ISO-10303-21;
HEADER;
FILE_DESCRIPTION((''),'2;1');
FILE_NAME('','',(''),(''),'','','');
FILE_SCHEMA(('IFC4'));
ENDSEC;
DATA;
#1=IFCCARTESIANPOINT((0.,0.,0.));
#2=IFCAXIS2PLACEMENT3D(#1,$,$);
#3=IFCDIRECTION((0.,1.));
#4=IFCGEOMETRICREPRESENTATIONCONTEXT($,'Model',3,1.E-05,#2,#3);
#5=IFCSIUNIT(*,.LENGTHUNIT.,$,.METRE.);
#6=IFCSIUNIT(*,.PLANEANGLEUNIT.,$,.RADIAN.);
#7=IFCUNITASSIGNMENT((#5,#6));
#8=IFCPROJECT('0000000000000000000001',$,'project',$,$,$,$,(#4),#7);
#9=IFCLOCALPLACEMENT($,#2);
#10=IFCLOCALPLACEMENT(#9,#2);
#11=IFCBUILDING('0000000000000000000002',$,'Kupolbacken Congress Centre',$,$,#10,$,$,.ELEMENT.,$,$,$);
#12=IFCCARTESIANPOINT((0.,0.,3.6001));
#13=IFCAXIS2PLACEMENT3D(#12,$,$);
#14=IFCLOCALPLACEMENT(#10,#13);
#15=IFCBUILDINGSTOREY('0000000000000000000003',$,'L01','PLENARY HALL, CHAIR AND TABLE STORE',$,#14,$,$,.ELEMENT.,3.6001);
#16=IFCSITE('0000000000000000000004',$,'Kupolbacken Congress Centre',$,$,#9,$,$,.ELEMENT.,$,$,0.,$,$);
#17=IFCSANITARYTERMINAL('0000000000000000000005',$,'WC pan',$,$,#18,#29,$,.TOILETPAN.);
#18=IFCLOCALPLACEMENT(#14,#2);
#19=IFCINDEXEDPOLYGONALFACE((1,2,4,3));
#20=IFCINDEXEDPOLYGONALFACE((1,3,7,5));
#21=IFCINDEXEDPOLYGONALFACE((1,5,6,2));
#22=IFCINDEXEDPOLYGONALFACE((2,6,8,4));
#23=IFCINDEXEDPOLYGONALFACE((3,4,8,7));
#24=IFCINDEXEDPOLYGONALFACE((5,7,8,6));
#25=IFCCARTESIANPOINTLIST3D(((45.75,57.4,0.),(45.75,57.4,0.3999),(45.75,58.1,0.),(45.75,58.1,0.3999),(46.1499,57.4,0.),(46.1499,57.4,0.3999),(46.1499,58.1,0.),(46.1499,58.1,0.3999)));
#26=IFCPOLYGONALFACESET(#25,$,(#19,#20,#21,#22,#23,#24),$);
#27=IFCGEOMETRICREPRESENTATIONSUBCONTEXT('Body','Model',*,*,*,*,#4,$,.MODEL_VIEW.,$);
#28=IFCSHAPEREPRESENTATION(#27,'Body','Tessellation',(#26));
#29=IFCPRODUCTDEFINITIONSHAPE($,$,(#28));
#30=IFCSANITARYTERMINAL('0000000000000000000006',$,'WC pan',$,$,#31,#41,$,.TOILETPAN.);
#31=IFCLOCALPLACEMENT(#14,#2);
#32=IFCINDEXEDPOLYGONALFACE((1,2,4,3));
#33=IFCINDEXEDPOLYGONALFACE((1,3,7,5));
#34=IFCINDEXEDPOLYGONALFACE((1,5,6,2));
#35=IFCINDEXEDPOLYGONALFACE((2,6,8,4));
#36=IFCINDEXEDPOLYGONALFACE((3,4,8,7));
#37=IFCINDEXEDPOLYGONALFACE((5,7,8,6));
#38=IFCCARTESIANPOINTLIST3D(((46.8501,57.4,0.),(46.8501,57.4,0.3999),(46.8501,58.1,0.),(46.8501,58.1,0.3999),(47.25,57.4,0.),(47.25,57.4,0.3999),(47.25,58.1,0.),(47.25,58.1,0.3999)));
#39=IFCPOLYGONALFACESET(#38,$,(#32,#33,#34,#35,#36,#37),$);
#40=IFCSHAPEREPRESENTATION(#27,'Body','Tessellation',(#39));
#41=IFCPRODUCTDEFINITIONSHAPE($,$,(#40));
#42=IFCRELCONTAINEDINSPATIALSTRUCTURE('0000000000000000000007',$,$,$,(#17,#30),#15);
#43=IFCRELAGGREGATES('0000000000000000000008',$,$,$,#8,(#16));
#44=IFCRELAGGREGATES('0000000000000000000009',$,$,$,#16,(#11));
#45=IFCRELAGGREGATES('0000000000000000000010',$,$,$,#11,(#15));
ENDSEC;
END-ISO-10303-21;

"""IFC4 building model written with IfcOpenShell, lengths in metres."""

from ifc_helpers import new_model, si_unit, direction, frame, origin, origin_2d, place, context, subcontext, project, spatial, rectangle, extrude, element, save


model = new_model("IFC4")

# Units and contexts
model_context = context("Model", 3, precision=1e-05, world=origin(), true_north=direction((0.0, 1.0)))
body_context = subcontext(model_context, "Body", "Model", "MODEL_VIEW")
ifc_project = project(units=[si_unit("LENGTHUNIT", "METRE"), si_unit("PLANEANGLEUNIT", "RADIAN")], contexts=[model_context])

# Site, building, storey
site_placement = place(None, origin())
site = spatial("IfcSite", under=ifc_project, at=site_placement, Name="Kupolbacken Congress Centre", CompositionType="ELEMENT", RefElevation=0.0)
building_placement = place(site_placement, origin())
building = spatial("IfcBuilding", under=site, at=building_placement, Name="Kupolbacken Congress Centre", CompositionType="ELEMENT")
storey_placement = place(building_placement, frame((0.0, 0.0, 3.6001)))
storey = spatial("IfcBuildingStorey", under=building, at=storey_placement, Name="L01", Description="PLENARY HALL, CHAIR AND TABLE STORE", CompositionType="ELEMENT", Elevation=3.6001)

# Sanitary terminals
for number, where, z_axis, x_axis, name in (
    (1, (45.95, 57.75, 0.0), (0.0, 0.0, 1.0), (1.0, 0.0, 0.0), "WC pan"),
    (2, (47.05, 57.75, 0.0), (0.0, 0.0, 1.0), (1.0, 0.0, 0.0), "WC pan"),
):
    element("IfcSanitaryTerminal", number, at=place(storey_placement, frame(where, z_axis=z_axis, x_axis=x_axis)), inside=storey, Name=name, PredefinedType="TOILETPAN", context=body_context, shape_type="SweptSolid", body=[
        extrude(rectangle(XDim=0.3999, YDim=0.7, at=origin_2d()), origin(), (0.0, 0.0, 1.0), 0.3999),
    ])

save(model, "model.ifc")
